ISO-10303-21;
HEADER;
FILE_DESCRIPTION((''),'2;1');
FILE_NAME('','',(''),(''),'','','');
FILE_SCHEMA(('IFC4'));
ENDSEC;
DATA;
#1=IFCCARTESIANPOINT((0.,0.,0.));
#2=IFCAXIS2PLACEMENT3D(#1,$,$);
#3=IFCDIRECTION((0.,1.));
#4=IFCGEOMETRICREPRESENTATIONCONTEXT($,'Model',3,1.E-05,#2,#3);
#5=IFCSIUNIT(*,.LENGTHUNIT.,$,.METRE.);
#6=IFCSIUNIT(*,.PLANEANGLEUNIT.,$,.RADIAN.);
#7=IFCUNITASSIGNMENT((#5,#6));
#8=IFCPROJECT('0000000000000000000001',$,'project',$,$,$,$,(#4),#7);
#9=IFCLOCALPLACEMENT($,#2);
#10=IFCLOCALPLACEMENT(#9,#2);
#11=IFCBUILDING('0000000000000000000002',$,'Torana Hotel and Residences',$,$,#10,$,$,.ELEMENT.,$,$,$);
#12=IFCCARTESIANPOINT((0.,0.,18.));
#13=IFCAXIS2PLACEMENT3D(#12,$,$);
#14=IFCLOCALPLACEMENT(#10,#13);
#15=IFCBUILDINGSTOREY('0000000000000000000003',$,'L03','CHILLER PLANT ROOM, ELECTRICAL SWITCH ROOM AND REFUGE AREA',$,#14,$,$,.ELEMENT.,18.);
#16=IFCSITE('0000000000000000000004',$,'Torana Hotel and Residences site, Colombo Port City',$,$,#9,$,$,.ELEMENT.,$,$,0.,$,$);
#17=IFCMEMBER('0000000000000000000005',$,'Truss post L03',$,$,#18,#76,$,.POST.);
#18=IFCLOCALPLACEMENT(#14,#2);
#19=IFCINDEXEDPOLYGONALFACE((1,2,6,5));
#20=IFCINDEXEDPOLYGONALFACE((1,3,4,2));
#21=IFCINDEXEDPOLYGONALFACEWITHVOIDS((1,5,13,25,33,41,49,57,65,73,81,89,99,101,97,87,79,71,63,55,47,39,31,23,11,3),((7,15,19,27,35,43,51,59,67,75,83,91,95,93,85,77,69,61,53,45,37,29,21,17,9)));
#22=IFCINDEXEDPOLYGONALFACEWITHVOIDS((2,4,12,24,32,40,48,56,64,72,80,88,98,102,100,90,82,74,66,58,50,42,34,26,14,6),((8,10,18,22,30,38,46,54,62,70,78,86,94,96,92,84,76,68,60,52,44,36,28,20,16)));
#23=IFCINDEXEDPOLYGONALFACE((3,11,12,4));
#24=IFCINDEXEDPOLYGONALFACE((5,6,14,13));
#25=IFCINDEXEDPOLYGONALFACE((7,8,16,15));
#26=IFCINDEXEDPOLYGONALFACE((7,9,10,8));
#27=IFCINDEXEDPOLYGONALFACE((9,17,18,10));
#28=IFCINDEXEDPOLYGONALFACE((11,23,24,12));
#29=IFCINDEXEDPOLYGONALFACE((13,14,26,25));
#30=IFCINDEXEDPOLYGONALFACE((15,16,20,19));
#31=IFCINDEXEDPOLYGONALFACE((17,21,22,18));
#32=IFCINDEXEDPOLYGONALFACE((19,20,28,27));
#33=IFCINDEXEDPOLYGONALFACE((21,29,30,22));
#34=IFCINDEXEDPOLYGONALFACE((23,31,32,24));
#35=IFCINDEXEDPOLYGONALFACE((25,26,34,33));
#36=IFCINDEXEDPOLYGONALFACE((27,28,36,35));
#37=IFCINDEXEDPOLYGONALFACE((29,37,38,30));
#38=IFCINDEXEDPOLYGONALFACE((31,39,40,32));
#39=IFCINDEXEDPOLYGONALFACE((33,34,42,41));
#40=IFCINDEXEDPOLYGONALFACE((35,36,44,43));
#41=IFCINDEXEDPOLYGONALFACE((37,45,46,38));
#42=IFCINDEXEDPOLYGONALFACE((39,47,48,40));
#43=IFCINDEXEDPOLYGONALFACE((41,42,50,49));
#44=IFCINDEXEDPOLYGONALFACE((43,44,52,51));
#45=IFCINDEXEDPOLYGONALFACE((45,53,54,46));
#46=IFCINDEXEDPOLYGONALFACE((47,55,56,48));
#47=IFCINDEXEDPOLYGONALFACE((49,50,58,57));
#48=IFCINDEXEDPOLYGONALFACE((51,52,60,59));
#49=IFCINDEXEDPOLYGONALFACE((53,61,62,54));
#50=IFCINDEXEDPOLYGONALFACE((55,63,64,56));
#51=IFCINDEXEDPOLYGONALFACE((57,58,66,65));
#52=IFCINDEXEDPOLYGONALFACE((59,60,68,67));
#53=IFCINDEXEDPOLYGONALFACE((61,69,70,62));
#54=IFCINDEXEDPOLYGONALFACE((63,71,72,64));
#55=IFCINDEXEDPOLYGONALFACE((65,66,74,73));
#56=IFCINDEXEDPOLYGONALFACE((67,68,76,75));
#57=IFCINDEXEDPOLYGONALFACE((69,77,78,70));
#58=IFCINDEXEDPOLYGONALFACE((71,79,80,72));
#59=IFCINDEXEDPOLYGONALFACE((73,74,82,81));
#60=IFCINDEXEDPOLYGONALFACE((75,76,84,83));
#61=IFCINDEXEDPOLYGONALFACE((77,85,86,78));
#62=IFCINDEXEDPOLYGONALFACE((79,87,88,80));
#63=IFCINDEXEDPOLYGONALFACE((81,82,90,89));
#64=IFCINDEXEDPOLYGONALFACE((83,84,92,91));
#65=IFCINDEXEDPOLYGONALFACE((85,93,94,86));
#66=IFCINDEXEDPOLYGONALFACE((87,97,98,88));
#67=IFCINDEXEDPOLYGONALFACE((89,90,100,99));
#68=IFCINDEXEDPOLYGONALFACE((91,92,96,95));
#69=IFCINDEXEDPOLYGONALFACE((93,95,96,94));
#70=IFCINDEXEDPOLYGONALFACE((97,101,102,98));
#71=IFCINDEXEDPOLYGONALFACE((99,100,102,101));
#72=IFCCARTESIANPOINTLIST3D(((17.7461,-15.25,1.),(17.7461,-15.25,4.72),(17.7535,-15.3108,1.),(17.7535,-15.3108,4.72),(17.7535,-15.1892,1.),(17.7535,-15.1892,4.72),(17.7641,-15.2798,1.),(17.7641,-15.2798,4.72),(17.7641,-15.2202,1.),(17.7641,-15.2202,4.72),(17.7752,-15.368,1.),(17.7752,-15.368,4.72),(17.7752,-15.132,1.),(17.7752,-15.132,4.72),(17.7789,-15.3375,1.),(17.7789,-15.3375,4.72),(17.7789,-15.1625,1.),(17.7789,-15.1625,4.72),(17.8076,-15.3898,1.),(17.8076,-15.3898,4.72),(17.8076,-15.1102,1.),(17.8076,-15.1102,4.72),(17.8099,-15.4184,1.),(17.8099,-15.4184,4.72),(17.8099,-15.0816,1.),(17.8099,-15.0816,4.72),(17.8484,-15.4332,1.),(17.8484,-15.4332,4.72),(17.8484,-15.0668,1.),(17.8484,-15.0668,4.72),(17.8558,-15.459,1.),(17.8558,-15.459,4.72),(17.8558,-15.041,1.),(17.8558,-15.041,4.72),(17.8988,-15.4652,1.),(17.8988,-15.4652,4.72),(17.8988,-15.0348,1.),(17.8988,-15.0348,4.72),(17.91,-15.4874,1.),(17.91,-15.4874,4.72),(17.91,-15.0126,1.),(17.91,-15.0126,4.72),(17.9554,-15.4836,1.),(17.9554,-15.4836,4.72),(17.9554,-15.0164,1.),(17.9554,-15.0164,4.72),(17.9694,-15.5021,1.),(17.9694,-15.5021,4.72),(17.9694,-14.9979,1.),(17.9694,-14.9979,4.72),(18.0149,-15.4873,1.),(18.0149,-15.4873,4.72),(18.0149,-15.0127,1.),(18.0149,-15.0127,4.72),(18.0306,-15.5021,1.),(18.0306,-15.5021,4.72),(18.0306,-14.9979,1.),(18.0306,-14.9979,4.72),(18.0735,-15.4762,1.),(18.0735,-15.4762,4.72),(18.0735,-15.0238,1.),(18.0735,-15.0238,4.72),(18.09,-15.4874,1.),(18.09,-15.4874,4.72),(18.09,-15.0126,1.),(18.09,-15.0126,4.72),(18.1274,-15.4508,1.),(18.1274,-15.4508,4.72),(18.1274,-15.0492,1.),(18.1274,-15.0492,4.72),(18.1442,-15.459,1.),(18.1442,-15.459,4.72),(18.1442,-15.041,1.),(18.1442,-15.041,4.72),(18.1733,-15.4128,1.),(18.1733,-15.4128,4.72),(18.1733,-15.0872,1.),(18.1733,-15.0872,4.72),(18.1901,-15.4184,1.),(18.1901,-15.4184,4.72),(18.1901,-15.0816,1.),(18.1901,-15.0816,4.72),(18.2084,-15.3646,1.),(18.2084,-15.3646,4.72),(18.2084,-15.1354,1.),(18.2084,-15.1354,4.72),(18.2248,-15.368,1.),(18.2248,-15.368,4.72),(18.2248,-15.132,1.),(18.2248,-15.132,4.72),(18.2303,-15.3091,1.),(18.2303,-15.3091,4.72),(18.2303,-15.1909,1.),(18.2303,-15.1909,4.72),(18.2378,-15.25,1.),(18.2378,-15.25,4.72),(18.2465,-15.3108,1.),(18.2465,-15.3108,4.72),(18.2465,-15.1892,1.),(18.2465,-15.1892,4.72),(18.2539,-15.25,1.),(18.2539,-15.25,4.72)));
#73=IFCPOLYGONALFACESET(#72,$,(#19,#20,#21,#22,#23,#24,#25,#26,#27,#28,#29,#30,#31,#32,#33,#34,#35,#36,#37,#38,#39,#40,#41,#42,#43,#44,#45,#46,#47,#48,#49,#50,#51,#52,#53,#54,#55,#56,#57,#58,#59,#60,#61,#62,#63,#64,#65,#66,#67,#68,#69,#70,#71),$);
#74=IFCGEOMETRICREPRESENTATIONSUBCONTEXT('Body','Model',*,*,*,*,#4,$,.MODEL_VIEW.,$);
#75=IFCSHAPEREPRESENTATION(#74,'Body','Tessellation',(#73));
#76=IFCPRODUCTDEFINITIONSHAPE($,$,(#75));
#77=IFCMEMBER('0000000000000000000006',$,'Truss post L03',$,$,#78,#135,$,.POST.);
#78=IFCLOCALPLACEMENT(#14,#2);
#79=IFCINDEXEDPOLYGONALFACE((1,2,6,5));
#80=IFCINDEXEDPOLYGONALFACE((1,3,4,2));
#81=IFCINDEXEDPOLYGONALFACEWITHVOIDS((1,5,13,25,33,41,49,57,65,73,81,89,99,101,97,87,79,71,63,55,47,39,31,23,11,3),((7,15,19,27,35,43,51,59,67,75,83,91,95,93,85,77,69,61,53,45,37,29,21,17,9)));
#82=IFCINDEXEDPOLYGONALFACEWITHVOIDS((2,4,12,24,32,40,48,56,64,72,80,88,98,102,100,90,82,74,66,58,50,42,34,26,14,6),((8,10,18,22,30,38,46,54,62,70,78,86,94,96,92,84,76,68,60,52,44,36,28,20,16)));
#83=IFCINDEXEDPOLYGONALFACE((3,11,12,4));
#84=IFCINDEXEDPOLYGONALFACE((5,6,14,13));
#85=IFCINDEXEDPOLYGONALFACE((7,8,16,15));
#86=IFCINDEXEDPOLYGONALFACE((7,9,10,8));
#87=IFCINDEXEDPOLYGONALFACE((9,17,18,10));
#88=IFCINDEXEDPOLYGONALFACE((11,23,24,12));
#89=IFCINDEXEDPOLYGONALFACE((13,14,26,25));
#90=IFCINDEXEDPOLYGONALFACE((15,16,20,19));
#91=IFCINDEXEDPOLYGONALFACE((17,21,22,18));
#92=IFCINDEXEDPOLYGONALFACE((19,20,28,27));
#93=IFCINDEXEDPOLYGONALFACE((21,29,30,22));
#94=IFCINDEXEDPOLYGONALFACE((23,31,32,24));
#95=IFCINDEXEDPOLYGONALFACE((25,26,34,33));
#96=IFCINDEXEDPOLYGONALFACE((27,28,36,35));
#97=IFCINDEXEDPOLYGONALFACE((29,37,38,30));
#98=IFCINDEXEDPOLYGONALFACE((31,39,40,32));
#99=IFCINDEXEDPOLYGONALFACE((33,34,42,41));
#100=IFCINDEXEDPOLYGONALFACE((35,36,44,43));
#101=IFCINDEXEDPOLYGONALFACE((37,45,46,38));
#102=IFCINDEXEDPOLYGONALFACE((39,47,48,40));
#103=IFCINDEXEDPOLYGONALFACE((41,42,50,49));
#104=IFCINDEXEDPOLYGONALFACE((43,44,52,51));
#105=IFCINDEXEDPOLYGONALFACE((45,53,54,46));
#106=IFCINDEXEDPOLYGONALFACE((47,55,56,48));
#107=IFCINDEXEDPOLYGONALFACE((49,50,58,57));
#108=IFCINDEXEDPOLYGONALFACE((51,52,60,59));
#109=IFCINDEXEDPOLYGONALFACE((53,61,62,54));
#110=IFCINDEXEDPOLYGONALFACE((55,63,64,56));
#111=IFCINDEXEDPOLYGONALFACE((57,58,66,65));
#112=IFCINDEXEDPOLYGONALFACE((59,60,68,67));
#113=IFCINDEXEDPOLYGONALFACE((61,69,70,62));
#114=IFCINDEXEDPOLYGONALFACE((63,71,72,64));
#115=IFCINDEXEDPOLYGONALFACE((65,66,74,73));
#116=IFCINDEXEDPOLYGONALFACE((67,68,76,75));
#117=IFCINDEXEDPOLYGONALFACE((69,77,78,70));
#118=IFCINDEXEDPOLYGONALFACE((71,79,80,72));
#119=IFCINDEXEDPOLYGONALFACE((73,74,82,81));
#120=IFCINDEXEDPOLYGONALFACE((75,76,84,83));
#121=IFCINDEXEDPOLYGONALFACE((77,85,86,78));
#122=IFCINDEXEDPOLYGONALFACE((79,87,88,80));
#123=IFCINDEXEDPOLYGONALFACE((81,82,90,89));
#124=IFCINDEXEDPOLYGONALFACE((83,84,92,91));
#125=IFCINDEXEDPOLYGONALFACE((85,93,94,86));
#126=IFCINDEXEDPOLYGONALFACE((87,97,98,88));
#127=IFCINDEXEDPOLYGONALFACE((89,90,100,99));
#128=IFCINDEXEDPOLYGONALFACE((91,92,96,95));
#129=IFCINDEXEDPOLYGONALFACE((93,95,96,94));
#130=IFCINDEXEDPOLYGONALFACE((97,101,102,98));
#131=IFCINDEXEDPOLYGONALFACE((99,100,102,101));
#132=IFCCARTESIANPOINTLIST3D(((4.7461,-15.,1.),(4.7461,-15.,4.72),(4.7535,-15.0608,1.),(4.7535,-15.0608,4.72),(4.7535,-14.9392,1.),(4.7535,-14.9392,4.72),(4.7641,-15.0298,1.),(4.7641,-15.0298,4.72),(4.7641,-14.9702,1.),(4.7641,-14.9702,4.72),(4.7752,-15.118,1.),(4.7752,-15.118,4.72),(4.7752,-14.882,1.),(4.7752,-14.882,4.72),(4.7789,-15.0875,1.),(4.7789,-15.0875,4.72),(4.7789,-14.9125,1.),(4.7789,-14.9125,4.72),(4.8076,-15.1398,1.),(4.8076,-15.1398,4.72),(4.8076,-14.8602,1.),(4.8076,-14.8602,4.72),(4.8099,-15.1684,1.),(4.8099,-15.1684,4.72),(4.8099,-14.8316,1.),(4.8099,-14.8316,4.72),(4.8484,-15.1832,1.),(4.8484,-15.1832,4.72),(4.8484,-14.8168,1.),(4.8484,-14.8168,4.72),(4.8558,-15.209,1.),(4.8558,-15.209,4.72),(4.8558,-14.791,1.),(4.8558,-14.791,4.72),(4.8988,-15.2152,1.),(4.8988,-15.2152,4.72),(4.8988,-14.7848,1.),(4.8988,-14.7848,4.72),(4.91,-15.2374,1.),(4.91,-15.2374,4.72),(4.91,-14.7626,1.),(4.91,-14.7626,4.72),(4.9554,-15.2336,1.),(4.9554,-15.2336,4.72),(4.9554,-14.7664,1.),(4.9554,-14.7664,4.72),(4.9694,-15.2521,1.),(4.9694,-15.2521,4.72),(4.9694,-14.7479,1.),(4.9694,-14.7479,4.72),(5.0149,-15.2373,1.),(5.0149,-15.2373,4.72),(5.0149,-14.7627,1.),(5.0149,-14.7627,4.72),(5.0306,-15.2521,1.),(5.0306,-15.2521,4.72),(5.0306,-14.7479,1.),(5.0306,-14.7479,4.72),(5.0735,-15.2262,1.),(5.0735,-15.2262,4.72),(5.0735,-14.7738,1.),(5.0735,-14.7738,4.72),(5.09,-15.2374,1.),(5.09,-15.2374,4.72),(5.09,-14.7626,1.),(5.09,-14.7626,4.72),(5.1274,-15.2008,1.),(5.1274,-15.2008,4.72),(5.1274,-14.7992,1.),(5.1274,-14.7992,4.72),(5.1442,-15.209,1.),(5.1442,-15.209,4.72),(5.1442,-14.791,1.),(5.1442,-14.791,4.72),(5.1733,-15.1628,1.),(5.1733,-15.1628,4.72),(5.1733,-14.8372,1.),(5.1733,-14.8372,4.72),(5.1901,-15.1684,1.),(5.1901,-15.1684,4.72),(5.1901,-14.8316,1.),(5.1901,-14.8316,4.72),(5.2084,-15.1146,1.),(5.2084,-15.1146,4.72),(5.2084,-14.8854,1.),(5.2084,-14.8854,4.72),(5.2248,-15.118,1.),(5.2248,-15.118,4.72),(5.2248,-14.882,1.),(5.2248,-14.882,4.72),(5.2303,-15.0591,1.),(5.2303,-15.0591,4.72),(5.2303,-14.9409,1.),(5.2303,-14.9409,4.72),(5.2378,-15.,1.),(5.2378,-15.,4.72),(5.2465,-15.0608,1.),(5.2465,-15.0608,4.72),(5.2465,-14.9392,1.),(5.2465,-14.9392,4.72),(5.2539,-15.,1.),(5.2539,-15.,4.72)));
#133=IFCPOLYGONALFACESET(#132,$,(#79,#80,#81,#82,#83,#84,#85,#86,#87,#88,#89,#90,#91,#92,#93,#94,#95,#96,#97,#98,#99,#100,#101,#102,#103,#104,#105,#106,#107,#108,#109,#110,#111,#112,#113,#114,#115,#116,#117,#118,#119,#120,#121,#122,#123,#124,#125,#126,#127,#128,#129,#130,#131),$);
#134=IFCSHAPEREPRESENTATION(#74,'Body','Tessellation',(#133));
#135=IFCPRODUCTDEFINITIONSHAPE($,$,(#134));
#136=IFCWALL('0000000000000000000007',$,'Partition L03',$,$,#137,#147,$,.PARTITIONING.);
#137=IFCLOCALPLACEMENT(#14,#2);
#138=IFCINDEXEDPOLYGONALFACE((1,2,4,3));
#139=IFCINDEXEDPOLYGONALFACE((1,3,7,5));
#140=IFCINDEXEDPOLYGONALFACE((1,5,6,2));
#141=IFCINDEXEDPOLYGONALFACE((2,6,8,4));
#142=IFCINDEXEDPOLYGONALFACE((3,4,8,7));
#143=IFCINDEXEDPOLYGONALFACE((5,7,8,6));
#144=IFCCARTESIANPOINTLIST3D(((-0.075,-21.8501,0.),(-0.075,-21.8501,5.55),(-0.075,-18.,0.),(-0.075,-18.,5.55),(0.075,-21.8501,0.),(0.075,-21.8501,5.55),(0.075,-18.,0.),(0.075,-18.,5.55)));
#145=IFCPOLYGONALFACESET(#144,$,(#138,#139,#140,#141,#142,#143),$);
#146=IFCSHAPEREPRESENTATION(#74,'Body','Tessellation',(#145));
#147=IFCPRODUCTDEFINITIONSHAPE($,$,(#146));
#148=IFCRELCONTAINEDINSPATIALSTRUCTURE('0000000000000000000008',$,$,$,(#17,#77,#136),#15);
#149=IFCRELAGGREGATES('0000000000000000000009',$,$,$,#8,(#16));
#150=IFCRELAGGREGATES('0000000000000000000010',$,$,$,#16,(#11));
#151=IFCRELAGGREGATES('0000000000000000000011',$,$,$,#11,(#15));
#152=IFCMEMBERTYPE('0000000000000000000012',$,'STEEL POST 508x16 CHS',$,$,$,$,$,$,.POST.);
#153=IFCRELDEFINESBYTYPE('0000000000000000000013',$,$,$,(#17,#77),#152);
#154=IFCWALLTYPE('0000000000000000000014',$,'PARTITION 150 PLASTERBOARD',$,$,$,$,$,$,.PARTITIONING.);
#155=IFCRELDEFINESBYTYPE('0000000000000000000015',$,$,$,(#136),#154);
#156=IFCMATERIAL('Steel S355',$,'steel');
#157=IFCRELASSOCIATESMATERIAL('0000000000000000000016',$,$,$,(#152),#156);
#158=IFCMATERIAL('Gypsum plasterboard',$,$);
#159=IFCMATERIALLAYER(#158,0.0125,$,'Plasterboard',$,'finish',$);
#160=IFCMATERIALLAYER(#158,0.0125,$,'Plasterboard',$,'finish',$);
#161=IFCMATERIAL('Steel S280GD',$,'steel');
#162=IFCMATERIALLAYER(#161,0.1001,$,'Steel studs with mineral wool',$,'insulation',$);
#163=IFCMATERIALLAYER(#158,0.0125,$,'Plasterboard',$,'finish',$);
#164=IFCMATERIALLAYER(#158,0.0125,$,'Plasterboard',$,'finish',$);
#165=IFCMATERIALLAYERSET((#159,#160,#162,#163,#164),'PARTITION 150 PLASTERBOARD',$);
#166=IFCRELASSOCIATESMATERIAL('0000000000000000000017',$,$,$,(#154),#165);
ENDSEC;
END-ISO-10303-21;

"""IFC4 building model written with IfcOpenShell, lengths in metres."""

from ifc_helpers import new_model, si_unit, direction, frame, frame_2d, origin, origin_2d, place, context, subcontext, project, spatial, rectangle, hollow_circle, extrude, material, layer, layer_set, material_profile, profile_set, type_object, element, save


model = new_model("IFC4")

# Units and contexts
model_context = context("Model", 3, precision=1e-05, world=origin(), true_north=direction((0.0, 1.0)))
body_context = subcontext(model_context, "Body", "Model", "MODEL_VIEW")
ifc_project = project(units=[si_unit("LENGTHUNIT", "METRE"), si_unit("PLANEANGLEUNIT", "RADIAN")], contexts=[model_context])

# Site, building, storey
site_placement = place(None, origin())
site = spatial("IfcSite", under=ifc_project, at=site_placement, Name="Torana Hotel and Residences site, Colombo Port City", CompositionType="ELEMENT", RefElevation=0.0)
building_placement = place(site_placement, origin())
building = spatial("IfcBuilding", under=site, at=building_placement, Name="Torana Hotel and Residences", CompositionType="ELEMENT")
storey_placement = place(building_placement, frame((0.0, 0.0, 18.0)))
storey = spatial("IfcBuildingStorey", under=building, at=storey_placement, Name="L03", Description="CHILLER PLANT ROOM, ELECTRICAL SWITCH ROOM AND REFUGE AREA", CompositionType="ELEMENT", Elevation=18.0)

# Members
ifc_material_1 = material(Name="Steel S355", Category="steel")
ifc_material_profile_1 = material_profile(ifc_material_1, hollow_circle(Radius=0.2539, WallThickness=0.0161, at=origin_2d()), Name="508x16 CHS")
ifc_profile_set_1 = profile_set([ifc_material_profile_1], Name="Steel S355")
member_type_1 = type_object("IfcMemberType", Name="STEEL POST 508x16 CHS", PredefinedType="POST", material=ifc_profile_set_1)
for number, where, z_axis, x_axis, name in (
    (1, (18.0, -15.25, 1.0), (0.0, 0.0, 1.0), (1.0, 0.0, 0.0), "Truss post L03"),
    (2, (5.0, -15.0, 1.0), (0.0, 0.0, 1.0), (1.0, 0.0, 0.0), "Truss post L03"),
):
    element("IfcMember", number, at=place(storey_placement, frame(where, z_axis=z_axis, x_axis=x_axis)), inside=storey, type_object=member_type_1, Name=name, PredefinedType="POST", context=body_context, shape_type="SweptSolid", body=[
        extrude(hollow_circle(Radius=0.2539, WallThickness=0.0161, at=origin_2d()), origin(), (0.0, 0.0, 1.0), 3.72),
    ])

# Wall
ifc_material_2 = material(Name="Gypsum plasterboard")
ifc_layer_1 = layer(ifc_material_2, 0.0125, Name="Plasterboard", Category="finish")
ifc_layer_2 = layer(ifc_material_2, 0.0125, Name="Plasterboard", Category="finish")
ifc_material_3 = material(Name="Steel S280GD", Category="steel")
ifc_layer_3 = layer(ifc_material_3, 0.1001, Name="Steel studs with mineral wool", Category="insulation")
ifc_layer_4 = layer(ifc_material_2, 0.0125, Name="Plasterboard", Category="finish")
ifc_layer_5 = layer(ifc_material_2, 0.0125, Name="Plasterboard", Category="finish")
ifc_layer_set = layer_set([ifc_layer_1, ifc_layer_2, ifc_layer_3, ifc_layer_4, ifc_layer_5], Name="PARTITION 150 PLASTERBOARD")
wall_type = type_object("IfcWallType", Name="PARTITION 150 PLASTERBOARD", PredefinedType="PARTITIONING", material=ifc_layer_set)
wall_placement = place(storey_placement, frame((0.0, -21.8501, 0.0), z_axis=(0.0, 0.0, 1.0), x_axis=(0.0, 1.0, 0.0)))
element("IfcWall", 3, at=wall_placement, inside=storey, type_object=wall_type, Name="Partition L03", PredefinedType="PARTITIONING", context=body_context, shape_type="SweptSolid", body=[
    extrude(rectangle(XDim=3.8501, YDim=0.1499, at=frame_2d((1.925, 0.0))), origin(), (0.0, 0.0, 1.0), 5.55),
])

save(model, "model.ifc")
